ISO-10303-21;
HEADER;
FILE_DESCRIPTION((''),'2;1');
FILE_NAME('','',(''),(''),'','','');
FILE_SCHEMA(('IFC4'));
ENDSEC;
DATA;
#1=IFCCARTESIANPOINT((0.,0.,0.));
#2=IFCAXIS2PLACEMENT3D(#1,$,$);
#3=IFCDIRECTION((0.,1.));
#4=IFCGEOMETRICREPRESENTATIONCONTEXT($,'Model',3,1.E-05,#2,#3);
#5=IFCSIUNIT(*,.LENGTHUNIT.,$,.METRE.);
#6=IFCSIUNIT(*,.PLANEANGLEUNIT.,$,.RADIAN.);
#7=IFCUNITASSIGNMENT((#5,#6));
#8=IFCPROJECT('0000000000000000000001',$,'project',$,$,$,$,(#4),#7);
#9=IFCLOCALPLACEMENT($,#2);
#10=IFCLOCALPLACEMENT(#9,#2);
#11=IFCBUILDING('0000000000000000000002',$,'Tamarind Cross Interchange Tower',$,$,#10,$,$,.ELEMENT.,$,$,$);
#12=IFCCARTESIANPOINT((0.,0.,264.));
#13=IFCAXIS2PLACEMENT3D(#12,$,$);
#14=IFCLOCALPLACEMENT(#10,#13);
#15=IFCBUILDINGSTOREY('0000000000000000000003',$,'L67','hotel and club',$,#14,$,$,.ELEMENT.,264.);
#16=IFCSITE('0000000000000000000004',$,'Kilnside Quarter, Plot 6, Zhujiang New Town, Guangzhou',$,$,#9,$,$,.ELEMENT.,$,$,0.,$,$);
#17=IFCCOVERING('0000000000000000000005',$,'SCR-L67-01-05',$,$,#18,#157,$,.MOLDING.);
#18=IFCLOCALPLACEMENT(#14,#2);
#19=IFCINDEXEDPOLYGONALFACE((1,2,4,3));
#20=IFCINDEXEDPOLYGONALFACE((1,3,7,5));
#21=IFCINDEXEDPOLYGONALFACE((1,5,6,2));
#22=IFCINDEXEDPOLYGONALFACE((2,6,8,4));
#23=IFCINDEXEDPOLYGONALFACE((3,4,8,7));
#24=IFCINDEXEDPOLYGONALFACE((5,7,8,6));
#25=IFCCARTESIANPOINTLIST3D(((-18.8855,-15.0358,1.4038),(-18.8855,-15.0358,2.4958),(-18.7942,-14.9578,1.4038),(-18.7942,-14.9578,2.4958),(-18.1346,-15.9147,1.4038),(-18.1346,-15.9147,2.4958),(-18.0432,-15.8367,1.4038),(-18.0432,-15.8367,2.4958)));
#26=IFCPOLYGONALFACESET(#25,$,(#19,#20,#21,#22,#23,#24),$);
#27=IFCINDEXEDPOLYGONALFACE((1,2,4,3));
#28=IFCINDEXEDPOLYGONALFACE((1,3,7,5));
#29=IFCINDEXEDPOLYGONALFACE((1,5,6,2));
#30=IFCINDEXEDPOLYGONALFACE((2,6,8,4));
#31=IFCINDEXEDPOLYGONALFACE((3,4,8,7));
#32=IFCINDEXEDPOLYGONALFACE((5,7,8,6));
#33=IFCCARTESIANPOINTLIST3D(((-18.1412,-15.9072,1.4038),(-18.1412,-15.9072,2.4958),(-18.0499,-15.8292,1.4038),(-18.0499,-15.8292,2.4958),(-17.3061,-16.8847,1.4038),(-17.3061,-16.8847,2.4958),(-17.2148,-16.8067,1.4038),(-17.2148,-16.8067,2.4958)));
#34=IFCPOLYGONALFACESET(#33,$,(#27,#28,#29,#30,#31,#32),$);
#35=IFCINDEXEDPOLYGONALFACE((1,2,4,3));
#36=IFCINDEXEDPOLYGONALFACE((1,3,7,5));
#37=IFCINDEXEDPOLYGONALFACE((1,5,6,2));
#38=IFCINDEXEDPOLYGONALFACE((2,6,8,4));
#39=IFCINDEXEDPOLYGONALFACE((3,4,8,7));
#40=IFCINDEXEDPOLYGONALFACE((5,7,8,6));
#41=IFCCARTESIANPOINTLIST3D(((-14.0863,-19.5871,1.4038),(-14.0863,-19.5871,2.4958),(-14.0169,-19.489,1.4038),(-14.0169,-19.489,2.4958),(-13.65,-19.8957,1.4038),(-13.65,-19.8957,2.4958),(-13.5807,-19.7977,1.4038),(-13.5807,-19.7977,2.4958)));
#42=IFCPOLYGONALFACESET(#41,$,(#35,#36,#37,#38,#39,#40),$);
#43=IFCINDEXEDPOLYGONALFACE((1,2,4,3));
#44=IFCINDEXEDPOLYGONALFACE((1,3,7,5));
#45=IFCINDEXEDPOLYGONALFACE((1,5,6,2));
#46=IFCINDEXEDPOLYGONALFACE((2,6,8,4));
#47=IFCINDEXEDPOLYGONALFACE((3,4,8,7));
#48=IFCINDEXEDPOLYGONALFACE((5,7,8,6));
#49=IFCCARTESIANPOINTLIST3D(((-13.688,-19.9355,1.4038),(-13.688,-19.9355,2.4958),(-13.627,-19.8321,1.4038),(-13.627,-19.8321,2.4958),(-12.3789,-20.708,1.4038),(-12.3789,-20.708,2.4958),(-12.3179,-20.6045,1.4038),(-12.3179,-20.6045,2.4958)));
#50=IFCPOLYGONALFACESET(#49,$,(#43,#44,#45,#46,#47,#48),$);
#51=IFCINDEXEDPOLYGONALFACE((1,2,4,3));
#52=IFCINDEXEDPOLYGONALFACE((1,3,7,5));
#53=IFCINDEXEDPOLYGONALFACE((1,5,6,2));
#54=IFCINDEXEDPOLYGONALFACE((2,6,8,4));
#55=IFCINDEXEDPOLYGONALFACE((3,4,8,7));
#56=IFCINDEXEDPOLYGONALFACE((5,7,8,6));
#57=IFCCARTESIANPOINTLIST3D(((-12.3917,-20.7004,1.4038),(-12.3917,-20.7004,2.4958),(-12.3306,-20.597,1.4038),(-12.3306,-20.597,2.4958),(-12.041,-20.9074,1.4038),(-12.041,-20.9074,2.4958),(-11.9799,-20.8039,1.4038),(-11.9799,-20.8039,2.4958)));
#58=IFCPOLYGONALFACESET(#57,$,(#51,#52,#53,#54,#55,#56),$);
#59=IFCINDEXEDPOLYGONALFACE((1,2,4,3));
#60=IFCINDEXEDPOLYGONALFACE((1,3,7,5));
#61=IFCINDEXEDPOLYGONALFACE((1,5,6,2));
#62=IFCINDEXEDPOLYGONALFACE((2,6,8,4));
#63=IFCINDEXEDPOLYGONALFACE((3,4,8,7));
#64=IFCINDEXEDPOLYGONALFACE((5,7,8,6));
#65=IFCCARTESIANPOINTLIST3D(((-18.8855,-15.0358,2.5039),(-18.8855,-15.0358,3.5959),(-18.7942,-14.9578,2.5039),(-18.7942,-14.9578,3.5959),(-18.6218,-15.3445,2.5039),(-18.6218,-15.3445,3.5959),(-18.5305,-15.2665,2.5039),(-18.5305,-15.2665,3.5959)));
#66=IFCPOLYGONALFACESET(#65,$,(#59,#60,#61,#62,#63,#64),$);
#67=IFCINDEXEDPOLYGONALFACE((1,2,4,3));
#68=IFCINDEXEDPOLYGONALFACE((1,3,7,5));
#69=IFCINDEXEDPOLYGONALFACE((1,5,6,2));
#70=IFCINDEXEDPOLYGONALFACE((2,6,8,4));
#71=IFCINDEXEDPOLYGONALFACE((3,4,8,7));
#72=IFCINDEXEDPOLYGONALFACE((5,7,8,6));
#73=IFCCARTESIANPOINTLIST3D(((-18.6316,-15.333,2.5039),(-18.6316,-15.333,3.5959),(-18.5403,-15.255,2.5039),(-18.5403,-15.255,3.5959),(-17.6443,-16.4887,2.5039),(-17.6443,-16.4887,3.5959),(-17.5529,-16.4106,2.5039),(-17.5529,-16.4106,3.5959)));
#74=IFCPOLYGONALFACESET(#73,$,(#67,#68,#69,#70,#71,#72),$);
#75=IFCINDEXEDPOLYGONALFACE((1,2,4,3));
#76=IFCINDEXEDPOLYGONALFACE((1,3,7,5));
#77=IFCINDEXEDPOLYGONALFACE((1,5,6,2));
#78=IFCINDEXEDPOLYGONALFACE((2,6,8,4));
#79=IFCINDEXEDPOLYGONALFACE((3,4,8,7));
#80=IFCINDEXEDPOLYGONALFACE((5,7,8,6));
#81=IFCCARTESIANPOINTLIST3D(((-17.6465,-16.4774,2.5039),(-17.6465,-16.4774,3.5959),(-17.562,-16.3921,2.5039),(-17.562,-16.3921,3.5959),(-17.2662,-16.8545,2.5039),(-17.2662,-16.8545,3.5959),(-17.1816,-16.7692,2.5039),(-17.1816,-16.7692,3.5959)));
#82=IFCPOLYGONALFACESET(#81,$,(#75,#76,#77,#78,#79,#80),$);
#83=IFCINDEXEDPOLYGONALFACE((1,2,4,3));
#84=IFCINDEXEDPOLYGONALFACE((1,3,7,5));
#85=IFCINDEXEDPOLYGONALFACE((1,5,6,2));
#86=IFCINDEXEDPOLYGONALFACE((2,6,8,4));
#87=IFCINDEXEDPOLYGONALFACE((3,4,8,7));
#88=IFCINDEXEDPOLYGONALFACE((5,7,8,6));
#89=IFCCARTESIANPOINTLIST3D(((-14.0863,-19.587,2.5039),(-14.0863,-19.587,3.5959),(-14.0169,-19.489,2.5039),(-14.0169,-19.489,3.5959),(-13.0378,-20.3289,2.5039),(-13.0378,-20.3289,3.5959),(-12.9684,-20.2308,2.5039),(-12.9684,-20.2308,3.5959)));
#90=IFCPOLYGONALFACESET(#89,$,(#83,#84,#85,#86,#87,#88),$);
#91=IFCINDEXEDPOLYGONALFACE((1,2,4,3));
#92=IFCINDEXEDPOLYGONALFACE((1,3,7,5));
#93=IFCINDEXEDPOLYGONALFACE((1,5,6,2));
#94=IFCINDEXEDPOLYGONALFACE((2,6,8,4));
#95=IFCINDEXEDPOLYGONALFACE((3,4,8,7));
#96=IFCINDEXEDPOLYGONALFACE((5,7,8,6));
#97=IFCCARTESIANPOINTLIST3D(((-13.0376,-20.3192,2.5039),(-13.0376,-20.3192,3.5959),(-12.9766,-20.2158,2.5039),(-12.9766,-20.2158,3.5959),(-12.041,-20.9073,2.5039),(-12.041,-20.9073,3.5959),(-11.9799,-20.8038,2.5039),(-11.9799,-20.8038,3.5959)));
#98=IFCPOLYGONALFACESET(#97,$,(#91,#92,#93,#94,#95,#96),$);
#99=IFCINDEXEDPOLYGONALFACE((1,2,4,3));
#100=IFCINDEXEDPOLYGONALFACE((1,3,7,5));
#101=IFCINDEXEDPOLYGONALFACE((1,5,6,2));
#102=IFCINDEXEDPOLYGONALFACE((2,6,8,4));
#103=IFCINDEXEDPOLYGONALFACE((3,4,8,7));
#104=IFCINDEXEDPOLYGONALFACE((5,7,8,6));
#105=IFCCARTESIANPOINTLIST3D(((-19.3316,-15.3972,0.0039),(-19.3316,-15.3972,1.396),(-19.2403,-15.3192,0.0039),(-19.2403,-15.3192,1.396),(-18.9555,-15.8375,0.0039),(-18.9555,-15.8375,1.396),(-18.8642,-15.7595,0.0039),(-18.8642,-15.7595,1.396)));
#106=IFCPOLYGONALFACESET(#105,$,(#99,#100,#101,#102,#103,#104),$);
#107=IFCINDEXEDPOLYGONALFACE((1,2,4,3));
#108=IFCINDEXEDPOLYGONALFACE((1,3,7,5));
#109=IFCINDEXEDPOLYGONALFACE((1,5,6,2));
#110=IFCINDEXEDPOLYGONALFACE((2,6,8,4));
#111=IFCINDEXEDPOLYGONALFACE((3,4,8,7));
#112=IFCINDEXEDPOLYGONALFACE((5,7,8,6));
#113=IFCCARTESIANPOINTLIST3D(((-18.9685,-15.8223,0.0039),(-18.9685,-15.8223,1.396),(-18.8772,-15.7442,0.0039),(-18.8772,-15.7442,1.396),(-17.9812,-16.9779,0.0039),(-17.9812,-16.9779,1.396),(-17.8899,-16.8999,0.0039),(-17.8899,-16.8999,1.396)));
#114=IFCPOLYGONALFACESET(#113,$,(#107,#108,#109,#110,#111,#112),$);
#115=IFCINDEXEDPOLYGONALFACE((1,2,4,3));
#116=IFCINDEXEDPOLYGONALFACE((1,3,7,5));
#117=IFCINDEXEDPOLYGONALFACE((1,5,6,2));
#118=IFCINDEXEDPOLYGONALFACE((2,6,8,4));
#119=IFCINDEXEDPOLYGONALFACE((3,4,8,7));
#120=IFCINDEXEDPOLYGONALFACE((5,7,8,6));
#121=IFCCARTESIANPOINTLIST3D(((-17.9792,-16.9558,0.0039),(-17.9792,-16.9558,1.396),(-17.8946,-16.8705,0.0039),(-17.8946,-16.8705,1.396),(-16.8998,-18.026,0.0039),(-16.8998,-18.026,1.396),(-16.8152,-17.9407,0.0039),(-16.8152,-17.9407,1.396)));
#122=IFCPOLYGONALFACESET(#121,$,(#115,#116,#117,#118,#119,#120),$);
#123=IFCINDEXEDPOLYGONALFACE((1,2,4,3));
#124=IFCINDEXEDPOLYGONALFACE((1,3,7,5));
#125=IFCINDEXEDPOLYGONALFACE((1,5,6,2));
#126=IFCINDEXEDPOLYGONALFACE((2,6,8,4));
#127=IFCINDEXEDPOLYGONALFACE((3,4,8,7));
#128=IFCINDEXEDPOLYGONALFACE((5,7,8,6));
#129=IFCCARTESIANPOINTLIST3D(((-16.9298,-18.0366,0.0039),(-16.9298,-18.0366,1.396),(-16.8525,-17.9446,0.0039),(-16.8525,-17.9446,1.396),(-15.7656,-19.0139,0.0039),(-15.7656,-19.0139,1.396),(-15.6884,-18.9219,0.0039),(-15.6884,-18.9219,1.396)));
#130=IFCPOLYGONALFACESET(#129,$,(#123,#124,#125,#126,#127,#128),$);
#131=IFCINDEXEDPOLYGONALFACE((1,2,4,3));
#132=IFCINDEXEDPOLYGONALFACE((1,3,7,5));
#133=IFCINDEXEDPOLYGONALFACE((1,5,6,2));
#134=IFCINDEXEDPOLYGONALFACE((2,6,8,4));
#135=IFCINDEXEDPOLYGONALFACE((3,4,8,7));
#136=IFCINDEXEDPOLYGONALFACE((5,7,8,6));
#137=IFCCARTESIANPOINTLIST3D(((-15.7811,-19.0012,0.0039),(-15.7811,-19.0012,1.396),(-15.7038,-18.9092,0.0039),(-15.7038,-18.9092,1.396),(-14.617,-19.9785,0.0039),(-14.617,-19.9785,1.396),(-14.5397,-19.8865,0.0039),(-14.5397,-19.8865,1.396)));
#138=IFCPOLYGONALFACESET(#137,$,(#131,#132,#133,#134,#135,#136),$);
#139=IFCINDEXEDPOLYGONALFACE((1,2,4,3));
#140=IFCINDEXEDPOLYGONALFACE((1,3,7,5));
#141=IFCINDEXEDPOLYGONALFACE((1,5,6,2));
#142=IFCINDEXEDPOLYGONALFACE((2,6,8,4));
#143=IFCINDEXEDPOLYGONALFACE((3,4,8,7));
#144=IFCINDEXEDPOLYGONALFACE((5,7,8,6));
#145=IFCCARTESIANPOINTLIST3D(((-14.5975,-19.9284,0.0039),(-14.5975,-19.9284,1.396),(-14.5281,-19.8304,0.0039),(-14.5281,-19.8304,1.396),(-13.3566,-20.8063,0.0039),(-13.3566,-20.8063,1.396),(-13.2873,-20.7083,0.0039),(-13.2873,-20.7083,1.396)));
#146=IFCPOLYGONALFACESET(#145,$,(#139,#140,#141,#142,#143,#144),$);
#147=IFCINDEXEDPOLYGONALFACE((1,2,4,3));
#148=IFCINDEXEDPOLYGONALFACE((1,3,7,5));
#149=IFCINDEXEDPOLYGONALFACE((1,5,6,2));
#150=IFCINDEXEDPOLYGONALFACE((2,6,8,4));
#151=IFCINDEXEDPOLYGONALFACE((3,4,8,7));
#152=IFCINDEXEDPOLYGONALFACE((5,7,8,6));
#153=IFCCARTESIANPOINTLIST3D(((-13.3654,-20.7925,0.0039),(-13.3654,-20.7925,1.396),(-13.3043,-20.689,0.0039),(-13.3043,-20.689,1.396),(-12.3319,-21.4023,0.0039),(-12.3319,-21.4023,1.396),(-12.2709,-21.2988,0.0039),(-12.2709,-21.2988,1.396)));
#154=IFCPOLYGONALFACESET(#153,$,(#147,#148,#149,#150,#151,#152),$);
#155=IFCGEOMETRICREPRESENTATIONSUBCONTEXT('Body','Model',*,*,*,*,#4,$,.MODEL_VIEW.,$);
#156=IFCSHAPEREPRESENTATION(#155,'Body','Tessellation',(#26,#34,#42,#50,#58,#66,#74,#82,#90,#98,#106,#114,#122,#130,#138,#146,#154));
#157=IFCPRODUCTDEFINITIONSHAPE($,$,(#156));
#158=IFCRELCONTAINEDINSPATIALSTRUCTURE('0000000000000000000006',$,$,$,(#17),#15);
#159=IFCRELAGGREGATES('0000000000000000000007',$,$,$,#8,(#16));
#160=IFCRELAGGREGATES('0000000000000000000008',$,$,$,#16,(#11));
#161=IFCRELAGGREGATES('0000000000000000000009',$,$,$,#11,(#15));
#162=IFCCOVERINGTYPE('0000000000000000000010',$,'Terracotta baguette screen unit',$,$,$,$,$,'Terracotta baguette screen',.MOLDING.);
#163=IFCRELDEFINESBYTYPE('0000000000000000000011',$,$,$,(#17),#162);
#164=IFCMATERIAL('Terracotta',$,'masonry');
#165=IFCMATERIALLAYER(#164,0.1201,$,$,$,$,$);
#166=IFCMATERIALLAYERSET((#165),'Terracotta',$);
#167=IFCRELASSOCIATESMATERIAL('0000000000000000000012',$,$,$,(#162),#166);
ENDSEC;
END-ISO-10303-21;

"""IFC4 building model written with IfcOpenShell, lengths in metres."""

from ifc_helpers import new_model, si_unit, direction, frame, origin, origin_2d, place, context, subcontext, project, spatial, rectangle, extrude, material, layer, layer_set, type_object, element, save


model = new_model("IFC4")

# Units and contexts
model_context = context("Model", 3, precision=1e-05, world=origin(), true_north=direction((0.0, 1.0)))
body_context = subcontext(model_context, "Body", "Model", "MODEL_VIEW")
ifc_project = project(units=[si_unit("LENGTHUNIT", "METRE"), si_unit("PLANEANGLEUNIT", "RADIAN")], contexts=[model_context])

# Site, building, storey
site_placement = place(None, origin())
site = spatial("IfcSite", under=ifc_project, at=site_placement, Name="Kilnside Quarter, Plot 6, Zhujiang New Town, Guangzhou", CompositionType="ELEMENT", RefElevation=0.0)
building_placement = place(site_placement, origin())
building = spatial("IfcBuilding", under=site, at=building_placement, Name="Tamarind Cross Interchange Tower", CompositionType="ELEMENT")
storey_placement = place(building_placement, frame((0.0, 0.0, 264.0)))
storey = spatial("IfcBuildingStorey", under=building, at=storey_placement, Name="L67", Description="hotel and club", CompositionType="ELEMENT", Elevation=264.0)

# Covering
ifc_material_1 = material(Name="Terracotta", Category="masonry")
ifc_layer_1 = layer(ifc_material_1, 0.1201)
ifc_layer_set_1 = layer_set([ifc_layer_1], Name="Terracotta")
covering_type = type_object("IfcCoveringType", Name="Terracotta baguette screen unit", ElementType="Terracotta baguette screen", PredefinedType="MOLDING", material=ifc_layer_set_1)
covering_1_placement = place(storey_placement, origin())
element("IfcCovering", 1, at=covering_1_placement, inside=storey, type_object=covering_type, Name="SCR-L67-01-05", PredefinedType="MOLDING", context=body_context, shape_type="SweptSolid", body=[
    extrude(rectangle(XDim=1.156, YDim=0.1201, at=origin_2d()), frame((-18.4644, -15.4363, 1.4038), z_axis=(0.0, 0.0, 1.0), x_axis=(0.649577, -0.760296, 0.0)), (0.0, 0.0, 1.0), 1.092),
    extrude(rectangle(XDim=1.2856, YDim=0.1201, at=origin_2d()), frame((-17.678, -16.3569, 1.4038), z_axis=(0.0, 0.0, 1.0), x_axis=(0.649577, -0.760296, 0.0)), (0.0, 0.0, 1.0), 1.092),
    extrude(rectangle(XDim=0.5344, YDim=0.1201, at=origin_2d()), frame((-13.8335, -19.6924, 1.4038), z_axis=(0.0, 0.0, 1.0), x_axis=(0.816342, -0.577569, 0.0)), (0.0, 0.0, 1.0), 1.092),
    extrude(rectangle(XDim=1.52, YDim=0.1201, at=origin_2d()), frame((-13.0029, -20.27, 1.4038), z_axis=(0.0, 0.0, 1.0), x_axis=(0.861249, -0.508183, 0.0)), (0.0, 0.0, 1.0), 1.092),
    extrude(rectangle(XDim=0.4072, YDim=0.1201, at=origin_2d()), frame((-12.1858, -20.7522, 1.4038), z_axis=(0.0, 0.0, 1.0), x_axis=(0.861249, -0.508183, 0.0)), (0.0, 0.0, 1.0), 1.092),
    extrude(rectangle(XDim=0.406, YDim=0.1201, at=origin_2d()), frame((-18.708, -15.1511, 2.5039), z_axis=(0.0, 0.0, 1.0), x_axis=(0.649577, -0.760296, 0.0)), (0.0, 0.0, 1.0), 1.092),
    extrude(rectangle(XDim=1.52, YDim=0.1201, at=origin_2d()), frame((-18.0923, -15.8718, 2.5039), z_axis=(0.0, 0.0, 1.0), x_axis=(0.649577, -0.760296, 0.0)), (0.0, 0.0, 1.0), 1.092),
    extrude(rectangle(XDim=0.5356, YDim=0.1201, at=origin_2d()), frame((-17.4141, -16.6233, 2.5039), z_axis=(0.0, 0.0, 1.0), x_axis=(0.710143, -0.704057, 0.0)), (0.0, 0.0, 1.0), 1.092),
    extrude(rectangle(XDim=1.2844, YDim=0.1201, at=origin_2d()), frame((-13.5273, -19.9089, 2.5039), z_axis=(0.0, 0.0, 1.0), x_axis=(0.816342, -0.577569, 0.0)), (0.0, 0.0, 1.0), 1.092),
    extrude(rectangle(XDim=1.1572, YDim=0.1201, at=origin_2d()), frame((-12.5088, -20.5615, 2.5039), z_axis=(0.0, 0.0, 1.0), x_axis=(0.861249, -0.508183, 0.0)), (0.0, 0.0, 1.0), 1.092),
    extrude(rectangle(XDim=0.5791, YDim=0.1201, at=origin_2d()), frame((-19.0979, -15.5784, 0.0039), z_axis=(0.0, 0.0, 1.0), x_axis=(0.649577, -0.760296, 0.0)), (0.0, 0.0, 1.0), 1.3921),
    extrude(rectangle(XDim=1.52, YDim=0.1201, at=origin_2d()), frame((-18.4292, -16.3611, 0.0039), z_axis=(0.0, 0.0, 1.0), x_axis=(0.649577, -0.760296, 0.0)), (0.0, 0.0, 1.0), 1.3921),
    extrude(rectangle(XDim=1.52, YDim=0.1201, at=origin_2d()), frame((-17.3972, -17.4482, 0.0039), z_axis=(0.0, 0.0, 1.0), x_axis=(0.710143, -0.704057, 0.0)), (0.0, 0.0, 1.0), 1.3921),
    extrude(rectangle(XDim=1.52, YDim=0.1201, at=origin_2d()), frame((-16.3091, -18.4792, 0.0039), z_axis=(0.0, 0.0, 1.0), x_axis=(0.765858, -0.643009, 0.0)), (0.0, 0.0, 1.0), 1.3921),
    extrude(rectangle(XDim=1.52, YDim=0.1201, at=origin_2d()), frame((-15.1604, -19.4438, 0.0039), z_axis=(0.0, 0.0, 1.0), x_axis=(0.765858, -0.643009, 0.0)), (0.0, 0.0, 1.0), 1.3921),
    extrude(rectangle(XDim=1.52, YDim=0.1201, at=origin_2d()), frame((-13.9424, -20.3184, 0.0039), z_axis=(0.0, 0.0, 1.0), x_axis=(0.816342, -0.577569, 0.0)), (0.0, 0.0, 1.0), 1.3921),
    extrude(rectangle(XDim=1.2, YDim=0.1201, at=origin_2d()), frame((-12.8181, -21.0457, 0.0039), z_axis=(0.0, 0.0, 1.0), x_axis=(0.861249, -0.508183, 0.0)), (0.0, 0.0, 1.0), 1.3921),
])

save(model, "model.ifc")
